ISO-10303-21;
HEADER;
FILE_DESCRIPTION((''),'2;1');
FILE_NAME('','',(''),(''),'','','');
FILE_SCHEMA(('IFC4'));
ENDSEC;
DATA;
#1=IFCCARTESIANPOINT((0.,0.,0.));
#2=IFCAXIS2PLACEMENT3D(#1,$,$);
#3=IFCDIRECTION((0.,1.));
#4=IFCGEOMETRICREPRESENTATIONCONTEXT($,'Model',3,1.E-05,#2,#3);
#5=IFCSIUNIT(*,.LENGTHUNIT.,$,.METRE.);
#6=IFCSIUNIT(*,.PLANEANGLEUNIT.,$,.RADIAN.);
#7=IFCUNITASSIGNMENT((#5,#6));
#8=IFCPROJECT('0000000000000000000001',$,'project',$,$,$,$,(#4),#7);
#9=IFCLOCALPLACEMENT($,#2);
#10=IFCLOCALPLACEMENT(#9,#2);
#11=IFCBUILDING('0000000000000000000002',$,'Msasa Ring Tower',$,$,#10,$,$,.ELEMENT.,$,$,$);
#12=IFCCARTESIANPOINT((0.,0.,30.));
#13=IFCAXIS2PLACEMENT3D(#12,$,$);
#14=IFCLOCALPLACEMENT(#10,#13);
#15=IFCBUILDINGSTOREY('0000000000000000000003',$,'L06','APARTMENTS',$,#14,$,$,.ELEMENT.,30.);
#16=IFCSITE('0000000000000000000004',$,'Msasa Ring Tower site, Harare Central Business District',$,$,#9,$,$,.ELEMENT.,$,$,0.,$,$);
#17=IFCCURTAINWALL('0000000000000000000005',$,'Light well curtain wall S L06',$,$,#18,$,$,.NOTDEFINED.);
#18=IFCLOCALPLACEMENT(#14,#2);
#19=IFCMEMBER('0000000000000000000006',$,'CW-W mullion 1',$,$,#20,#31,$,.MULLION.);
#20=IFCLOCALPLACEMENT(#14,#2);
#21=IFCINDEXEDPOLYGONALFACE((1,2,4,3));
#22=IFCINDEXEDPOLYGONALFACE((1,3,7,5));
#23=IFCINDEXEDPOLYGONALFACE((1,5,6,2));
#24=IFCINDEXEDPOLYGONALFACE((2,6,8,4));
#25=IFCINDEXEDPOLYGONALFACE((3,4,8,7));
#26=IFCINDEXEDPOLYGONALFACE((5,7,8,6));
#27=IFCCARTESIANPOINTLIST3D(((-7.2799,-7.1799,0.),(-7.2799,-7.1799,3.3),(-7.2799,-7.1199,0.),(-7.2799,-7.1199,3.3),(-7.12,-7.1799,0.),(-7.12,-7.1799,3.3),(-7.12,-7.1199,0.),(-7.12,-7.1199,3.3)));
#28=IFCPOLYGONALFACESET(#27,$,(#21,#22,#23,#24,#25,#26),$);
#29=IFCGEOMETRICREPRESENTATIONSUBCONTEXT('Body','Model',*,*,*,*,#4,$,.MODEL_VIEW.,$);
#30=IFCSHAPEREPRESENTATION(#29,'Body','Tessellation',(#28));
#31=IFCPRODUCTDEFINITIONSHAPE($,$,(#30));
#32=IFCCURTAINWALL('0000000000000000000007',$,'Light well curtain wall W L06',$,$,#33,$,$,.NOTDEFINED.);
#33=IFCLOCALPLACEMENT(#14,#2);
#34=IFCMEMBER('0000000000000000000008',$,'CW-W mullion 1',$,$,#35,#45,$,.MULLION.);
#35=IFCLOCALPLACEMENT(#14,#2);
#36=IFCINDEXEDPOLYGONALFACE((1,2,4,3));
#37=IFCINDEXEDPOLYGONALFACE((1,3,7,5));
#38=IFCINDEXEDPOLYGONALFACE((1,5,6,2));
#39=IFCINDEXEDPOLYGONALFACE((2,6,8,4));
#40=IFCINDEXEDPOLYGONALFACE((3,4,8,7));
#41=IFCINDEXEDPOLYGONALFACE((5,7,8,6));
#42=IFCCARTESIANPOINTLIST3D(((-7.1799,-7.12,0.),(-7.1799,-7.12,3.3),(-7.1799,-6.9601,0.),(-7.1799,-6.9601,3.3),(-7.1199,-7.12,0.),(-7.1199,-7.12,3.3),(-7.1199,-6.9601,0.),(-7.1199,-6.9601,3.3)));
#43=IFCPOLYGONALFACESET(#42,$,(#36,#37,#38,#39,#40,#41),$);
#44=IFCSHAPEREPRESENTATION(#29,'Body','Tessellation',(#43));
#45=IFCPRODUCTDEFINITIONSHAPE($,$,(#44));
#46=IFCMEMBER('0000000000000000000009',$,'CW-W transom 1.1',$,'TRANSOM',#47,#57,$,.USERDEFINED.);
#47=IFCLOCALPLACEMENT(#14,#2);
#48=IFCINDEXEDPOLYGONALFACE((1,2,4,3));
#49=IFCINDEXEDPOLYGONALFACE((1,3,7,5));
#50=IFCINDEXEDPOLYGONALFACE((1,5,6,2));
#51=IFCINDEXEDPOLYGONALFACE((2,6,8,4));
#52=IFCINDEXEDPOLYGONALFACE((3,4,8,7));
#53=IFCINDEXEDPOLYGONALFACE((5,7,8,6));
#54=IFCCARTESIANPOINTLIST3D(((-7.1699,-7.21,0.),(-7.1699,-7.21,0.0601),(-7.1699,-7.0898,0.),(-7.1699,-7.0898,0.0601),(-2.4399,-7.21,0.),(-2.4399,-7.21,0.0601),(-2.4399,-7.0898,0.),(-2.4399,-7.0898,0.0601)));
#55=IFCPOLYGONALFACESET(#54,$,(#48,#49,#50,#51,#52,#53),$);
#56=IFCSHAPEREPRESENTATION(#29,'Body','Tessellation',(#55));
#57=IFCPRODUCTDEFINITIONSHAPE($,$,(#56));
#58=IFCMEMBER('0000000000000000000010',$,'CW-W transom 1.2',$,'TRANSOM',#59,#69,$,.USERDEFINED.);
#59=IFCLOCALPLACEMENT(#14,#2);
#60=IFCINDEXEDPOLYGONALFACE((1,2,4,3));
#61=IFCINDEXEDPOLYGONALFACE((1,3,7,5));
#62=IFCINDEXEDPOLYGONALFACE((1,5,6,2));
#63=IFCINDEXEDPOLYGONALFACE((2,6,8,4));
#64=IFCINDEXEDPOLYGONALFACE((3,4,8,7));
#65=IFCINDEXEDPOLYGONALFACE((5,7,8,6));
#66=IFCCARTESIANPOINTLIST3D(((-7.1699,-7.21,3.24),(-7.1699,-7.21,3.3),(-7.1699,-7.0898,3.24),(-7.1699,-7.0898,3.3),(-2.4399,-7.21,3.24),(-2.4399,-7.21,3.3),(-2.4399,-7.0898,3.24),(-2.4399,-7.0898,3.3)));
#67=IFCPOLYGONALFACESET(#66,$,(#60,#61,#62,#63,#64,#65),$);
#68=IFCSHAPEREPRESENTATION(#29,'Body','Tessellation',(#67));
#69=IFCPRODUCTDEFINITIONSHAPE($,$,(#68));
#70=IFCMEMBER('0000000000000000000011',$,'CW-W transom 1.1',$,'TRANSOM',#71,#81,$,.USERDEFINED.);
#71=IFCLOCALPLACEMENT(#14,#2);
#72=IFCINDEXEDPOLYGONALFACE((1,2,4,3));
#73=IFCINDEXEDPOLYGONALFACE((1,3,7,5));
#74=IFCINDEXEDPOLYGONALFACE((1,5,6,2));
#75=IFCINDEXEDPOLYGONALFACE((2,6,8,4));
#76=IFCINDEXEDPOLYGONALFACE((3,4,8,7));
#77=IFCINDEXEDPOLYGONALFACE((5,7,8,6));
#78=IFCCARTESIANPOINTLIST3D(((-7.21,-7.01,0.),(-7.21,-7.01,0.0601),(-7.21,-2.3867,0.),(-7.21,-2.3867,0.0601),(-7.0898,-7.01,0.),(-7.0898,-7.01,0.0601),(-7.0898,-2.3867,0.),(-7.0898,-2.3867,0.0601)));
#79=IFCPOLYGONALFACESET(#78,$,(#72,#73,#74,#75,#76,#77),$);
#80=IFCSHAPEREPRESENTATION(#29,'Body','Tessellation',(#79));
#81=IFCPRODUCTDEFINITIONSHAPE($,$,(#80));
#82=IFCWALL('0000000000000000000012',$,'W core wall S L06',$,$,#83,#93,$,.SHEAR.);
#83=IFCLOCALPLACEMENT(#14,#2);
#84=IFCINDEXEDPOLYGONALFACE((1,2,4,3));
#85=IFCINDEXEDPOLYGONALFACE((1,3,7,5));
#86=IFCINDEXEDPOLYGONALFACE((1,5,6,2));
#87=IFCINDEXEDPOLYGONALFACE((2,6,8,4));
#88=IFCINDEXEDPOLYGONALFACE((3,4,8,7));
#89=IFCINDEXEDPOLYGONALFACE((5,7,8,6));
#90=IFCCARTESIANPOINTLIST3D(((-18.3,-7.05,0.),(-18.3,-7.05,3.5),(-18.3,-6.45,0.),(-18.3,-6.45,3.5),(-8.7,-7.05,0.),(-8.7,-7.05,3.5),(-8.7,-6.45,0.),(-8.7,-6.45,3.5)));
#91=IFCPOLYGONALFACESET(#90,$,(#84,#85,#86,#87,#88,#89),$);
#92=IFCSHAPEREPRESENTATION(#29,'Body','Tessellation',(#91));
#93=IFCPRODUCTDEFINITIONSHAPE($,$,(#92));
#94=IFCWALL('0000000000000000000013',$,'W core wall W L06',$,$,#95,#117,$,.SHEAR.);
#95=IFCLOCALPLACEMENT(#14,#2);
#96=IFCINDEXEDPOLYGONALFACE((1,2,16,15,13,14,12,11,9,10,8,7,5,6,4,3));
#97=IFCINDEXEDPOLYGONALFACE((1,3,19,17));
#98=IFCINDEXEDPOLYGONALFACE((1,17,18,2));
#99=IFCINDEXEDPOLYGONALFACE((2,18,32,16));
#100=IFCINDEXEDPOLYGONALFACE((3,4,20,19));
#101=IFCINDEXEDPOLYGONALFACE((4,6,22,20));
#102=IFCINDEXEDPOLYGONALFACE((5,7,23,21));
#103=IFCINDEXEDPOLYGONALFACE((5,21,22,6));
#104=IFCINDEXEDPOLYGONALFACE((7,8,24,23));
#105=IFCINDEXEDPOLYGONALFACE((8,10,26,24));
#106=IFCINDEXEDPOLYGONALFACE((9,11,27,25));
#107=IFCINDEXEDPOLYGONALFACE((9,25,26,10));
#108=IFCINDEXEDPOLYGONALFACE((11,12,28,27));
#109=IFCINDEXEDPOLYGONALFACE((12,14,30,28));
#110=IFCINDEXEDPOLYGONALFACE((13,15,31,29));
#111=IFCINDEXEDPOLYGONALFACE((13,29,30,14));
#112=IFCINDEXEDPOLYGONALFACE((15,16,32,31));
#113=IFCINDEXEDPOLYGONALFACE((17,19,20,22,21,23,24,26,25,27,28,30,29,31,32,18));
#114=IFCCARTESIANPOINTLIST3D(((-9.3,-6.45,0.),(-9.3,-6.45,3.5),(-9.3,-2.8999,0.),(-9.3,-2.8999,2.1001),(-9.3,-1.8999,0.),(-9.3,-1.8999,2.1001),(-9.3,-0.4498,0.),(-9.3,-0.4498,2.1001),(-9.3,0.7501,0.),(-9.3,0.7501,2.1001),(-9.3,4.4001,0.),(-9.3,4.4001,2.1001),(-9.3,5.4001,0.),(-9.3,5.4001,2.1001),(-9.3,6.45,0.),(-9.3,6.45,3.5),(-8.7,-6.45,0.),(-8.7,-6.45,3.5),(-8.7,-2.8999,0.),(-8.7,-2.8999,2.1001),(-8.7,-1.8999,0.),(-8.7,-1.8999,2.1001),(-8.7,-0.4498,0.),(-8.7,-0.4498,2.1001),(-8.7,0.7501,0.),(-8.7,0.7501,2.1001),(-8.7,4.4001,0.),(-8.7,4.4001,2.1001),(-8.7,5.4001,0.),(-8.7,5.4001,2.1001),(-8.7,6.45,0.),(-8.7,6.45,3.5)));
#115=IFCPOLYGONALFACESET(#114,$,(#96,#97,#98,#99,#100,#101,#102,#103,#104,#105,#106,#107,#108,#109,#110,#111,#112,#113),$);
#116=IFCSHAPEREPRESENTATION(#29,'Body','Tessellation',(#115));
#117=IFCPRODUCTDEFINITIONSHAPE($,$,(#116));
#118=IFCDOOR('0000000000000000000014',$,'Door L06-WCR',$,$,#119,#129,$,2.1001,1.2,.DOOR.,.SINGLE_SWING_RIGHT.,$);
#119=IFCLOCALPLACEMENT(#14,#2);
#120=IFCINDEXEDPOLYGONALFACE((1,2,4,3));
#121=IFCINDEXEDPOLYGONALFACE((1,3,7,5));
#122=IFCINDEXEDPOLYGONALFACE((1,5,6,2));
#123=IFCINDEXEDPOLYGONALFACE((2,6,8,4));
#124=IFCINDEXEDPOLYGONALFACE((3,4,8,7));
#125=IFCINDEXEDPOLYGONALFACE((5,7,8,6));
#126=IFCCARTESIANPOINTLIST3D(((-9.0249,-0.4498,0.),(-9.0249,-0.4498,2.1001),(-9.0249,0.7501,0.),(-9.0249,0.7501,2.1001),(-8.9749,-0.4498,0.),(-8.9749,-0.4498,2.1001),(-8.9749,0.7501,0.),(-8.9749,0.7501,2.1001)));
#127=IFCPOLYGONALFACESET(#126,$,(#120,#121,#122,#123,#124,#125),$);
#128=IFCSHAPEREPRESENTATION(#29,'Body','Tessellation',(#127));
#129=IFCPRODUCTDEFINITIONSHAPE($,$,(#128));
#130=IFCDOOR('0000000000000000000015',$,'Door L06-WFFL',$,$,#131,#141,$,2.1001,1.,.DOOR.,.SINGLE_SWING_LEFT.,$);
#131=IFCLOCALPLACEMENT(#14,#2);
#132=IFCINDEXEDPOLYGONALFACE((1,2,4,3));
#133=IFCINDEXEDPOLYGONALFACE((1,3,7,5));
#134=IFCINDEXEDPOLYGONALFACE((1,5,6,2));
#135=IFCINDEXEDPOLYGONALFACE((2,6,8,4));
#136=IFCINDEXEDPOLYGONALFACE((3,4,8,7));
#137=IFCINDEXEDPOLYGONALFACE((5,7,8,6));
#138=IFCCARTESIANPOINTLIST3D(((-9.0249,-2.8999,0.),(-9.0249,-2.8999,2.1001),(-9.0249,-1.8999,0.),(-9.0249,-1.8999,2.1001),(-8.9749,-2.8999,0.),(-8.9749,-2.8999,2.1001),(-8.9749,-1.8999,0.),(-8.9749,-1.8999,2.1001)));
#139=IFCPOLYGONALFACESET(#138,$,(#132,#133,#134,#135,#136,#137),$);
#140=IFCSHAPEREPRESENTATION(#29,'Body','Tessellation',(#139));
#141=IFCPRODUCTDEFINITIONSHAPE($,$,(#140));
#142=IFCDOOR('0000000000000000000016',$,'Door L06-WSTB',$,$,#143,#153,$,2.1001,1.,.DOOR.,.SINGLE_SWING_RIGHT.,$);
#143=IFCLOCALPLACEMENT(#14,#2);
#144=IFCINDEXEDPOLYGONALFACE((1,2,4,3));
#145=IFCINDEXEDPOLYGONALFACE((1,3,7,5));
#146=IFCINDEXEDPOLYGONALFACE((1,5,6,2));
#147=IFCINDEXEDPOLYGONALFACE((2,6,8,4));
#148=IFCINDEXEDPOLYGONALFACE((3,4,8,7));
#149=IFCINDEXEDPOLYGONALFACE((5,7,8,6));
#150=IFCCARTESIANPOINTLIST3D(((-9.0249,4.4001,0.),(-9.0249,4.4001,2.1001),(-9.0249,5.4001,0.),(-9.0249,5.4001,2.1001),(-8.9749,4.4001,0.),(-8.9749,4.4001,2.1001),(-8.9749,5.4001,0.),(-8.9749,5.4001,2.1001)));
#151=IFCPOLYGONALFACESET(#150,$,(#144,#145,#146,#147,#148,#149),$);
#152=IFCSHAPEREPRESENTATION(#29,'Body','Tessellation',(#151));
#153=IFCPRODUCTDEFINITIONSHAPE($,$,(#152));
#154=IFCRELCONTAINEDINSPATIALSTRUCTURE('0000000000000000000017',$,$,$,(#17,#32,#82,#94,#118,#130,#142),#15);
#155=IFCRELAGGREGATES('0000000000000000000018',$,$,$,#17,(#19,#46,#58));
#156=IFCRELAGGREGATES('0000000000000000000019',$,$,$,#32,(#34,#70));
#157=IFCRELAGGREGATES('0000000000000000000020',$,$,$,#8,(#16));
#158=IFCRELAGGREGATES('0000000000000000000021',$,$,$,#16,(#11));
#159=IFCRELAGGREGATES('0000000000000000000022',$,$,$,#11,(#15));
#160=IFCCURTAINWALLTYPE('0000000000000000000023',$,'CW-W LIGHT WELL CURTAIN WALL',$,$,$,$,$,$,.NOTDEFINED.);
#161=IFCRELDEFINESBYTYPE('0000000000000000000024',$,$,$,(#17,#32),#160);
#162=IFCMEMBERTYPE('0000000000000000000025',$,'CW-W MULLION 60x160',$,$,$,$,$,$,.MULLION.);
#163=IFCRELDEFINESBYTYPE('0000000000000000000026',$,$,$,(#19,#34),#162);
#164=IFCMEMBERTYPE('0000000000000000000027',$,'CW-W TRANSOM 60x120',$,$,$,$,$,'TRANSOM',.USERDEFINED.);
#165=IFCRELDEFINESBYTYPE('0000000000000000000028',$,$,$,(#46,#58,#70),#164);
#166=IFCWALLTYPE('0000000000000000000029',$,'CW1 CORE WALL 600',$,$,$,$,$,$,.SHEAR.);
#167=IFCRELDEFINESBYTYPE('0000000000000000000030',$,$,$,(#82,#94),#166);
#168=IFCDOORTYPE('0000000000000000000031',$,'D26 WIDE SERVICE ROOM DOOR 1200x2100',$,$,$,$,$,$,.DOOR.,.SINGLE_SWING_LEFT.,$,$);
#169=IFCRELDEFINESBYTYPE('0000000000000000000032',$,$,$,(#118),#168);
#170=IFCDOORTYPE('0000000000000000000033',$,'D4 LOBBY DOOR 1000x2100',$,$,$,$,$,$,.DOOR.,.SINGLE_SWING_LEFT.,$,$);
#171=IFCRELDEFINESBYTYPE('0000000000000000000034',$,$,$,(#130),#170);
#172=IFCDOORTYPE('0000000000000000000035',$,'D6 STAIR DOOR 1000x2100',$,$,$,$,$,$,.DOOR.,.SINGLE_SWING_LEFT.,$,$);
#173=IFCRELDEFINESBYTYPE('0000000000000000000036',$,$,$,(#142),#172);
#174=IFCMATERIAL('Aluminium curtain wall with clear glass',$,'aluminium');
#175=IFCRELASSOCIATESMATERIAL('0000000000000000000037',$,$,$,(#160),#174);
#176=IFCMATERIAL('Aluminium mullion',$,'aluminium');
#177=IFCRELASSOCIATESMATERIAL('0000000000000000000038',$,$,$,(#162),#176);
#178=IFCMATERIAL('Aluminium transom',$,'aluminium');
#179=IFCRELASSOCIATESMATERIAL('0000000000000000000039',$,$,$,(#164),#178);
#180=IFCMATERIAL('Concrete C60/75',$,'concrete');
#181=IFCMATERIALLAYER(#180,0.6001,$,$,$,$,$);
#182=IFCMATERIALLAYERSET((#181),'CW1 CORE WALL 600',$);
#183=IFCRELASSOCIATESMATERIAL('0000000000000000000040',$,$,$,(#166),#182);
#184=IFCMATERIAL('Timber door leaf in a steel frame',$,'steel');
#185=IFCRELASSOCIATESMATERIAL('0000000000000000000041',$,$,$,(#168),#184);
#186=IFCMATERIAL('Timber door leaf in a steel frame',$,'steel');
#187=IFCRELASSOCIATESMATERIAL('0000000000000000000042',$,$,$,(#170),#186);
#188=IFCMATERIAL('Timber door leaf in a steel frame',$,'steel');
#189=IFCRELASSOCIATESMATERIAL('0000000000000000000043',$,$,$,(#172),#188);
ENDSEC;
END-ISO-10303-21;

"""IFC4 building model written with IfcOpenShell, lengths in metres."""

from ifc_helpers import new_model, si_unit, direction, frame, frame_2d, origin, origin_2d, place, context, subcontext, project, spatial, rectangle, extrude, material, layer, layer_set, material_profile, profile_set, type_object, element, fill, aggregate, save


model = new_model("IFC4")

# Units and contexts
model_context = context("Model", 3, precision=1e-05, world=origin(), true_north=direction((0.0, 1.0)))
body_context = subcontext(model_context, "Body", "Model", "MODEL_VIEW")
ifc_project = project(units=[si_unit("LENGTHUNIT", "METRE"), si_unit("PLANEANGLEUNIT", "RADIAN")], contexts=[model_context])

# Site, building, storey
site_placement = place(None, origin())
site = spatial("IfcSite", under=ifc_project, at=site_placement, Name="Msasa Ring Tower site, Harare Central Business District", CompositionType="ELEMENT", RefElevation=0.0)
building_placement = place(site_placement, origin())
building = spatial("IfcBuilding", under=site, at=building_placement, Name="Msasa Ring Tower", CompositionType="ELEMENT")
storey_placement = place(building_placement, frame((0.0, 0.0, 30.0)))
storey = spatial("IfcBuildingStorey", under=building, at=storey_placement, Name="L06", Description="APARTMENTS", CompositionType="ELEMENT", Elevation=30.0)

# Curtain walls, members
ifc_material_1 = material(Name="Aluminium curtain wall with clear glass", Category="aluminium")
curtain_wall_type = type_object("IfcCurtainWallType", Name="CW-W LIGHT WELL CURTAIN WALL", PredefinedType="NOTDEFINED", material=ifc_material_1)
curtain_wall_1_placement = place(storey_placement, origin())
curtain_wall_1 = element("IfcCurtainWall", 1, at=curtain_wall_1_placement, inside=storey, type_object=curtain_wall_type, Name="Light well curtain wall S L06", PredefinedType="NOTDEFINED")
ifc_material_2 = material(Name="Aluminium mullion", Category="aluminium")
ifc_material_profile_1 = material_profile(ifc_material_2, rectangle(XDim=0.0601, YDim=0.1599, at=origin_2d()), Name="AL 60x160")
ifc_profile_set_1 = profile_set([ifc_material_profile_1], Name="Aluminium mullion")
member_type_1 = type_object("IfcMemberType", Name="CW-W MULLION 60x160", PredefinedType="MULLION", material=ifc_profile_set_1)
member_1_placement = place(storey_placement, frame((-7.2, -7.1499, 0.0), z_axis=(0.0, 0.0, 1.0), x_axis=(0.0, 1.0, 0.0)))
member_1 = element("IfcMember", 2, at=member_1_placement, type_object=member_type_1, Name="CW-W mullion 1", PredefinedType="MULLION", context=body_context, shape_type="SweptSolid", body=[
    extrude(rectangle(XDim=0.0601, YDim=0.1599, at=origin_2d()), origin(), (0.0, 0.0, 1.0), 3.3),
])
curtain_wall_2_placement = place(storey_placement, origin())
curtain_wall_2 = element("IfcCurtainWall", 3, at=curtain_wall_2_placement, inside=storey, type_object=curtain_wall_type, Name="Light well curtain wall W L06", PredefinedType="NOTDEFINED")
member_2_placement = place(storey_placement, frame((-7.1499, -7.04, 0.0), z_axis=(0.0, 0.0, 1.0), x_axis=(-1.0, 0.0, 0.0)))
member_2 = element("IfcMember", 4, at=member_2_placement, type_object=member_type_1, Name="CW-W mullion 1", PredefinedType="MULLION", context=body_context, shape_type="SweptSolid", body=[
    extrude(rectangle(XDim=0.0601, YDim=0.1599, at=origin_2d()), origin(), (0.0, 0.0, 1.0), 3.3),
])

# Members
ifc_material_3 = material(Name="Aluminium transom", Category="aluminium")
ifc_material_profile_2 = material_profile(ifc_material_3, rectangle(XDim=0.1201, YDim=0.0601, at=origin_2d()), Name="AL 60x120")
ifc_profile_set_2 = profile_set([ifc_material_profile_2], Name="Aluminium transom")
member_type_2 = type_object("IfcMemberType", Name="CW-W TRANSOM 60x120", ElementType="TRANSOM", PredefinedType="USERDEFINED", material=ifc_profile_set_2)
member_3_placement = place(storey_placement, frame((-7.1699, -7.1499, 0.03), z_axis=(1.0, 0.0, 0.0), x_axis=(0.0, 1.0, 0.0)))
member_3 = element("IfcMember", 5, at=member_3_placement, type_object=member_type_2, Name="CW-W transom 1.1", ObjectType="TRANSOM", PredefinedType="USERDEFINED", context=body_context, shape_type="SweptSolid", body=[
    extrude(rectangle(XDim=0.1201, YDim=0.0601, at=origin_2d()), origin(), (0.0, 0.0, 1.0), 4.73),
])
member_4_placement = place(storey_placement, frame((-7.1699, -7.1499, 3.27), z_axis=(1.0, 0.0, 0.0), x_axis=(0.0, 1.0, 0.0)))
member_4 = element("IfcMember", 6, at=member_4_placement, type_object=member_type_2, Name="CW-W transom 1.2", ObjectType="TRANSOM", PredefinedType="USERDEFINED", context=body_context, shape_type="SweptSolid", body=[
    extrude(rectangle(XDim=0.1201, YDim=0.0601, at=origin_2d()), origin(), (0.0, 0.0, 1.0), 4.73),
])
aggregate(curtain_wall_1, [member_1, member_3, member_4])
member_5_placement = place(storey_placement, frame((-7.1499, -7.01, 0.03), z_axis=(0.0, 1.0, 0.0), x_axis=(-1.0, 0.0, 0.0)))
member_5 = element("IfcMember", 7, at=member_5_placement, type_object=member_type_2, Name="CW-W transom 1.1", ObjectType="TRANSOM", PredefinedType="USERDEFINED", context=body_context, shape_type="SweptSolid", body=[
    extrude(rectangle(XDim=0.1201, YDim=0.0601, at=origin_2d()), origin(), (0.0, 0.0, 1.0), 4.6233),
])
aggregate(curtain_wall_2, [member_2, member_5])

# Wall
ifc_material_4 = material(Name="Concrete C60/75", Category="concrete")
ifc_layer_1 = layer(ifc_material_4, 0.6001)
ifc_layer_set_1 = layer_set([ifc_layer_1], Name="CW1 CORE WALL 600")
wall_type_1 = type_object("IfcWallType", Name="CW1 CORE WALL 600", PredefinedType="SHEAR", material=ifc_layer_set_1)
wall_1_placement = place(storey_placement, frame((-8.7, -6.75, 0.0), z_axis=(0.0, 0.0, 1.0), x_axis=(-1.0, 0.0, 0.0)))
element("IfcWall", 8, at=wall_1_placement, inside=storey, type_object=wall_type_1, Name="W core wall S L06", PredefinedType="SHEAR", context=body_context, shape_type="SweptSolid", body=[
    extrude(rectangle(XDim=9.6001, YDim=0.6001, at=frame_2d((4.8, 0.0))), origin(), (0.0, 0.0, 1.0), 3.5),
])

# Wall, openings, doors
wall_2_placement = place(storey_placement, frame((-9.0, -6.45, 0.0), z_axis=(0.0, 0.0, 1.0), x_axis=(0.0, 1.0, 0.0)))
wall_2 = element("IfcWall", 9, at=wall_2_placement, inside=storey, type_object=wall_type_1, Name="W core wall W L06", PredefinedType="SHEAR", context=body_context, shape_type="SweptSolid", body=[
    extrude(rectangle(XDim=12.8999, YDim=0.6001, at=frame_2d((6.45, 0.0))), origin(), (0.0, 0.0, 1.0), 3.5),
])
opening_1_placement = place(wall_2_placement, frame((3.55, 0.0, 0.0)))
opening_1 = element("IfcOpeningElement", 10, at=opening_1_placement, cuts=wall_2, PredefinedType="OPENING", context=body_context, shape_type="SweptSolid", body=[
    extrude(rectangle(XDim=1.0, YDim=2.1001, at=frame_2d((0.5, 1.05))), frame((0.0, 0.3101, 0.0), z_axis=(0.0, -1.0, 0.0), x_axis=(1.0, 0.0, 0.0)), (0.0, 0.0, 1.0), 0.6201),
])
opening_2_placement = place(wall_2_placement, frame((6.0, 0.0, 0.0)))
opening_2 = element("IfcOpeningElement", 11, at=opening_2_placement, cuts=wall_2, PredefinedType="OPENING", context=body_context, shape_type="SweptSolid", body=[
    extrude(rectangle(XDim=1.2, YDim=2.1001, at=frame_2d((0.6001, 1.05))), frame((0.0, 0.3101, 0.0), z_axis=(0.0, -1.0, 0.0), x_axis=(1.0, 0.0, 0.0)), (0.0, 0.0, 1.0), 0.6201),
])
opening_3_placement = place(wall_2_placement, frame((10.8501, 0.0, 0.0)))
opening_3 = element("IfcOpeningElement", 12, at=opening_3_placement, cuts=wall_2, PredefinedType="OPENING", context=body_context, shape_type="SweptSolid", body=[
    extrude(rectangle(XDim=1.0, YDim=2.1001, at=frame_2d((0.5, 1.05))), frame((0.0, 0.3101, 0.0), z_axis=(0.0, -1.0, 0.0), x_axis=(1.0, 0.0, 0.0)), (0.0, 0.0, 1.0), 0.6201),
])
ifc_material_5 = material(Name="Timber door leaf in a steel frame", Category="steel")
door_type_1 = type_object("IfcDoorType", Name="D26 WIDE SERVICE ROOM DOOR 1200x2100", OperationType="SINGLE_SWING_LEFT", PredefinedType="DOOR", material=ifc_material_5)
door_1_placement = place(opening_2_placement, origin())
door_1 = element("IfcDoor", 13, at=door_1_placement, inside=storey, type_object=door_type_1, Name="Door L06-WCR", OperationType="SINGLE_SWING_RIGHT", OverallHeight=2.1001, OverallWidth=1.2, PredefinedType="DOOR", context=body_context, shape_type="SweptSolid", body=[
    extrude(rectangle(XDim=1.2, YDim=2.1001, at=frame_2d((0.6001, 1.05))), frame((0.0, 0.0249, 0.0), z_axis=(0.0, -1.0, 0.0), x_axis=(1.0, 0.0, 0.0)), (0.0, 0.0, 1.0), 0.05),
])
fill(opening_2, door_1)
ifc_material_6 = material(Name="Timber door leaf in a steel frame", Category="steel")
door_type_2 = type_object("IfcDoorType", Name="D4 LOBBY DOOR 1000x2100", OperationType="SINGLE_SWING_LEFT", PredefinedType="DOOR", material=ifc_material_6)
door_2_placement = place(opening_1_placement, origin())
door_2 = element("IfcDoor", 14, at=door_2_placement, inside=storey, type_object=door_type_2, Name="Door L06-WFFL", OperationType="SINGLE_SWING_LEFT", OverallHeight=2.1001, OverallWidth=1.0, PredefinedType="DOOR", context=body_context, shape_type="SweptSolid", body=[
    extrude(rectangle(XDim=1.0, YDim=2.1001, at=frame_2d((0.5, 1.05))), frame((0.0, 0.0249, 0.0), z_axis=(0.0, -1.0, 0.0), x_axis=(1.0, 0.0, 0.0)), (0.0, 0.0, 1.0), 0.05),
])
fill(opening_1, door_2)
ifc_material_7 = material(Name="Timber door leaf in a steel frame", Category="steel")
door_type_3 = type_object("IfcDoorType", Name="D6 STAIR DOOR 1000x2100", OperationType="SINGLE_SWING_LEFT", PredefinedType="DOOR", material=ifc_material_7)
door_3_placement = place(opening_3_placement, origin())
door_3 = element("IfcDoor", 15, at=door_3_placement, inside=storey, type_object=door_type_3, Name="Door L06-WSTB", OperationType="SINGLE_SWING_RIGHT", OverallHeight=2.1001, OverallWidth=1.0, PredefinedType="DOOR", context=body_context, shape_type="SweptSolid", body=[
    extrude(rectangle(XDim=1.0, YDim=2.1001, at=frame_2d((0.5, 1.05))), frame((0.0, 0.0249, 0.0), z_axis=(0.0, -1.0, 0.0), x_axis=(1.0, 0.0, 0.0)), (0.0, 0.0, 1.0), 0.05),
])
fill(opening_3, door_3)

save(model, "model.ifc")
